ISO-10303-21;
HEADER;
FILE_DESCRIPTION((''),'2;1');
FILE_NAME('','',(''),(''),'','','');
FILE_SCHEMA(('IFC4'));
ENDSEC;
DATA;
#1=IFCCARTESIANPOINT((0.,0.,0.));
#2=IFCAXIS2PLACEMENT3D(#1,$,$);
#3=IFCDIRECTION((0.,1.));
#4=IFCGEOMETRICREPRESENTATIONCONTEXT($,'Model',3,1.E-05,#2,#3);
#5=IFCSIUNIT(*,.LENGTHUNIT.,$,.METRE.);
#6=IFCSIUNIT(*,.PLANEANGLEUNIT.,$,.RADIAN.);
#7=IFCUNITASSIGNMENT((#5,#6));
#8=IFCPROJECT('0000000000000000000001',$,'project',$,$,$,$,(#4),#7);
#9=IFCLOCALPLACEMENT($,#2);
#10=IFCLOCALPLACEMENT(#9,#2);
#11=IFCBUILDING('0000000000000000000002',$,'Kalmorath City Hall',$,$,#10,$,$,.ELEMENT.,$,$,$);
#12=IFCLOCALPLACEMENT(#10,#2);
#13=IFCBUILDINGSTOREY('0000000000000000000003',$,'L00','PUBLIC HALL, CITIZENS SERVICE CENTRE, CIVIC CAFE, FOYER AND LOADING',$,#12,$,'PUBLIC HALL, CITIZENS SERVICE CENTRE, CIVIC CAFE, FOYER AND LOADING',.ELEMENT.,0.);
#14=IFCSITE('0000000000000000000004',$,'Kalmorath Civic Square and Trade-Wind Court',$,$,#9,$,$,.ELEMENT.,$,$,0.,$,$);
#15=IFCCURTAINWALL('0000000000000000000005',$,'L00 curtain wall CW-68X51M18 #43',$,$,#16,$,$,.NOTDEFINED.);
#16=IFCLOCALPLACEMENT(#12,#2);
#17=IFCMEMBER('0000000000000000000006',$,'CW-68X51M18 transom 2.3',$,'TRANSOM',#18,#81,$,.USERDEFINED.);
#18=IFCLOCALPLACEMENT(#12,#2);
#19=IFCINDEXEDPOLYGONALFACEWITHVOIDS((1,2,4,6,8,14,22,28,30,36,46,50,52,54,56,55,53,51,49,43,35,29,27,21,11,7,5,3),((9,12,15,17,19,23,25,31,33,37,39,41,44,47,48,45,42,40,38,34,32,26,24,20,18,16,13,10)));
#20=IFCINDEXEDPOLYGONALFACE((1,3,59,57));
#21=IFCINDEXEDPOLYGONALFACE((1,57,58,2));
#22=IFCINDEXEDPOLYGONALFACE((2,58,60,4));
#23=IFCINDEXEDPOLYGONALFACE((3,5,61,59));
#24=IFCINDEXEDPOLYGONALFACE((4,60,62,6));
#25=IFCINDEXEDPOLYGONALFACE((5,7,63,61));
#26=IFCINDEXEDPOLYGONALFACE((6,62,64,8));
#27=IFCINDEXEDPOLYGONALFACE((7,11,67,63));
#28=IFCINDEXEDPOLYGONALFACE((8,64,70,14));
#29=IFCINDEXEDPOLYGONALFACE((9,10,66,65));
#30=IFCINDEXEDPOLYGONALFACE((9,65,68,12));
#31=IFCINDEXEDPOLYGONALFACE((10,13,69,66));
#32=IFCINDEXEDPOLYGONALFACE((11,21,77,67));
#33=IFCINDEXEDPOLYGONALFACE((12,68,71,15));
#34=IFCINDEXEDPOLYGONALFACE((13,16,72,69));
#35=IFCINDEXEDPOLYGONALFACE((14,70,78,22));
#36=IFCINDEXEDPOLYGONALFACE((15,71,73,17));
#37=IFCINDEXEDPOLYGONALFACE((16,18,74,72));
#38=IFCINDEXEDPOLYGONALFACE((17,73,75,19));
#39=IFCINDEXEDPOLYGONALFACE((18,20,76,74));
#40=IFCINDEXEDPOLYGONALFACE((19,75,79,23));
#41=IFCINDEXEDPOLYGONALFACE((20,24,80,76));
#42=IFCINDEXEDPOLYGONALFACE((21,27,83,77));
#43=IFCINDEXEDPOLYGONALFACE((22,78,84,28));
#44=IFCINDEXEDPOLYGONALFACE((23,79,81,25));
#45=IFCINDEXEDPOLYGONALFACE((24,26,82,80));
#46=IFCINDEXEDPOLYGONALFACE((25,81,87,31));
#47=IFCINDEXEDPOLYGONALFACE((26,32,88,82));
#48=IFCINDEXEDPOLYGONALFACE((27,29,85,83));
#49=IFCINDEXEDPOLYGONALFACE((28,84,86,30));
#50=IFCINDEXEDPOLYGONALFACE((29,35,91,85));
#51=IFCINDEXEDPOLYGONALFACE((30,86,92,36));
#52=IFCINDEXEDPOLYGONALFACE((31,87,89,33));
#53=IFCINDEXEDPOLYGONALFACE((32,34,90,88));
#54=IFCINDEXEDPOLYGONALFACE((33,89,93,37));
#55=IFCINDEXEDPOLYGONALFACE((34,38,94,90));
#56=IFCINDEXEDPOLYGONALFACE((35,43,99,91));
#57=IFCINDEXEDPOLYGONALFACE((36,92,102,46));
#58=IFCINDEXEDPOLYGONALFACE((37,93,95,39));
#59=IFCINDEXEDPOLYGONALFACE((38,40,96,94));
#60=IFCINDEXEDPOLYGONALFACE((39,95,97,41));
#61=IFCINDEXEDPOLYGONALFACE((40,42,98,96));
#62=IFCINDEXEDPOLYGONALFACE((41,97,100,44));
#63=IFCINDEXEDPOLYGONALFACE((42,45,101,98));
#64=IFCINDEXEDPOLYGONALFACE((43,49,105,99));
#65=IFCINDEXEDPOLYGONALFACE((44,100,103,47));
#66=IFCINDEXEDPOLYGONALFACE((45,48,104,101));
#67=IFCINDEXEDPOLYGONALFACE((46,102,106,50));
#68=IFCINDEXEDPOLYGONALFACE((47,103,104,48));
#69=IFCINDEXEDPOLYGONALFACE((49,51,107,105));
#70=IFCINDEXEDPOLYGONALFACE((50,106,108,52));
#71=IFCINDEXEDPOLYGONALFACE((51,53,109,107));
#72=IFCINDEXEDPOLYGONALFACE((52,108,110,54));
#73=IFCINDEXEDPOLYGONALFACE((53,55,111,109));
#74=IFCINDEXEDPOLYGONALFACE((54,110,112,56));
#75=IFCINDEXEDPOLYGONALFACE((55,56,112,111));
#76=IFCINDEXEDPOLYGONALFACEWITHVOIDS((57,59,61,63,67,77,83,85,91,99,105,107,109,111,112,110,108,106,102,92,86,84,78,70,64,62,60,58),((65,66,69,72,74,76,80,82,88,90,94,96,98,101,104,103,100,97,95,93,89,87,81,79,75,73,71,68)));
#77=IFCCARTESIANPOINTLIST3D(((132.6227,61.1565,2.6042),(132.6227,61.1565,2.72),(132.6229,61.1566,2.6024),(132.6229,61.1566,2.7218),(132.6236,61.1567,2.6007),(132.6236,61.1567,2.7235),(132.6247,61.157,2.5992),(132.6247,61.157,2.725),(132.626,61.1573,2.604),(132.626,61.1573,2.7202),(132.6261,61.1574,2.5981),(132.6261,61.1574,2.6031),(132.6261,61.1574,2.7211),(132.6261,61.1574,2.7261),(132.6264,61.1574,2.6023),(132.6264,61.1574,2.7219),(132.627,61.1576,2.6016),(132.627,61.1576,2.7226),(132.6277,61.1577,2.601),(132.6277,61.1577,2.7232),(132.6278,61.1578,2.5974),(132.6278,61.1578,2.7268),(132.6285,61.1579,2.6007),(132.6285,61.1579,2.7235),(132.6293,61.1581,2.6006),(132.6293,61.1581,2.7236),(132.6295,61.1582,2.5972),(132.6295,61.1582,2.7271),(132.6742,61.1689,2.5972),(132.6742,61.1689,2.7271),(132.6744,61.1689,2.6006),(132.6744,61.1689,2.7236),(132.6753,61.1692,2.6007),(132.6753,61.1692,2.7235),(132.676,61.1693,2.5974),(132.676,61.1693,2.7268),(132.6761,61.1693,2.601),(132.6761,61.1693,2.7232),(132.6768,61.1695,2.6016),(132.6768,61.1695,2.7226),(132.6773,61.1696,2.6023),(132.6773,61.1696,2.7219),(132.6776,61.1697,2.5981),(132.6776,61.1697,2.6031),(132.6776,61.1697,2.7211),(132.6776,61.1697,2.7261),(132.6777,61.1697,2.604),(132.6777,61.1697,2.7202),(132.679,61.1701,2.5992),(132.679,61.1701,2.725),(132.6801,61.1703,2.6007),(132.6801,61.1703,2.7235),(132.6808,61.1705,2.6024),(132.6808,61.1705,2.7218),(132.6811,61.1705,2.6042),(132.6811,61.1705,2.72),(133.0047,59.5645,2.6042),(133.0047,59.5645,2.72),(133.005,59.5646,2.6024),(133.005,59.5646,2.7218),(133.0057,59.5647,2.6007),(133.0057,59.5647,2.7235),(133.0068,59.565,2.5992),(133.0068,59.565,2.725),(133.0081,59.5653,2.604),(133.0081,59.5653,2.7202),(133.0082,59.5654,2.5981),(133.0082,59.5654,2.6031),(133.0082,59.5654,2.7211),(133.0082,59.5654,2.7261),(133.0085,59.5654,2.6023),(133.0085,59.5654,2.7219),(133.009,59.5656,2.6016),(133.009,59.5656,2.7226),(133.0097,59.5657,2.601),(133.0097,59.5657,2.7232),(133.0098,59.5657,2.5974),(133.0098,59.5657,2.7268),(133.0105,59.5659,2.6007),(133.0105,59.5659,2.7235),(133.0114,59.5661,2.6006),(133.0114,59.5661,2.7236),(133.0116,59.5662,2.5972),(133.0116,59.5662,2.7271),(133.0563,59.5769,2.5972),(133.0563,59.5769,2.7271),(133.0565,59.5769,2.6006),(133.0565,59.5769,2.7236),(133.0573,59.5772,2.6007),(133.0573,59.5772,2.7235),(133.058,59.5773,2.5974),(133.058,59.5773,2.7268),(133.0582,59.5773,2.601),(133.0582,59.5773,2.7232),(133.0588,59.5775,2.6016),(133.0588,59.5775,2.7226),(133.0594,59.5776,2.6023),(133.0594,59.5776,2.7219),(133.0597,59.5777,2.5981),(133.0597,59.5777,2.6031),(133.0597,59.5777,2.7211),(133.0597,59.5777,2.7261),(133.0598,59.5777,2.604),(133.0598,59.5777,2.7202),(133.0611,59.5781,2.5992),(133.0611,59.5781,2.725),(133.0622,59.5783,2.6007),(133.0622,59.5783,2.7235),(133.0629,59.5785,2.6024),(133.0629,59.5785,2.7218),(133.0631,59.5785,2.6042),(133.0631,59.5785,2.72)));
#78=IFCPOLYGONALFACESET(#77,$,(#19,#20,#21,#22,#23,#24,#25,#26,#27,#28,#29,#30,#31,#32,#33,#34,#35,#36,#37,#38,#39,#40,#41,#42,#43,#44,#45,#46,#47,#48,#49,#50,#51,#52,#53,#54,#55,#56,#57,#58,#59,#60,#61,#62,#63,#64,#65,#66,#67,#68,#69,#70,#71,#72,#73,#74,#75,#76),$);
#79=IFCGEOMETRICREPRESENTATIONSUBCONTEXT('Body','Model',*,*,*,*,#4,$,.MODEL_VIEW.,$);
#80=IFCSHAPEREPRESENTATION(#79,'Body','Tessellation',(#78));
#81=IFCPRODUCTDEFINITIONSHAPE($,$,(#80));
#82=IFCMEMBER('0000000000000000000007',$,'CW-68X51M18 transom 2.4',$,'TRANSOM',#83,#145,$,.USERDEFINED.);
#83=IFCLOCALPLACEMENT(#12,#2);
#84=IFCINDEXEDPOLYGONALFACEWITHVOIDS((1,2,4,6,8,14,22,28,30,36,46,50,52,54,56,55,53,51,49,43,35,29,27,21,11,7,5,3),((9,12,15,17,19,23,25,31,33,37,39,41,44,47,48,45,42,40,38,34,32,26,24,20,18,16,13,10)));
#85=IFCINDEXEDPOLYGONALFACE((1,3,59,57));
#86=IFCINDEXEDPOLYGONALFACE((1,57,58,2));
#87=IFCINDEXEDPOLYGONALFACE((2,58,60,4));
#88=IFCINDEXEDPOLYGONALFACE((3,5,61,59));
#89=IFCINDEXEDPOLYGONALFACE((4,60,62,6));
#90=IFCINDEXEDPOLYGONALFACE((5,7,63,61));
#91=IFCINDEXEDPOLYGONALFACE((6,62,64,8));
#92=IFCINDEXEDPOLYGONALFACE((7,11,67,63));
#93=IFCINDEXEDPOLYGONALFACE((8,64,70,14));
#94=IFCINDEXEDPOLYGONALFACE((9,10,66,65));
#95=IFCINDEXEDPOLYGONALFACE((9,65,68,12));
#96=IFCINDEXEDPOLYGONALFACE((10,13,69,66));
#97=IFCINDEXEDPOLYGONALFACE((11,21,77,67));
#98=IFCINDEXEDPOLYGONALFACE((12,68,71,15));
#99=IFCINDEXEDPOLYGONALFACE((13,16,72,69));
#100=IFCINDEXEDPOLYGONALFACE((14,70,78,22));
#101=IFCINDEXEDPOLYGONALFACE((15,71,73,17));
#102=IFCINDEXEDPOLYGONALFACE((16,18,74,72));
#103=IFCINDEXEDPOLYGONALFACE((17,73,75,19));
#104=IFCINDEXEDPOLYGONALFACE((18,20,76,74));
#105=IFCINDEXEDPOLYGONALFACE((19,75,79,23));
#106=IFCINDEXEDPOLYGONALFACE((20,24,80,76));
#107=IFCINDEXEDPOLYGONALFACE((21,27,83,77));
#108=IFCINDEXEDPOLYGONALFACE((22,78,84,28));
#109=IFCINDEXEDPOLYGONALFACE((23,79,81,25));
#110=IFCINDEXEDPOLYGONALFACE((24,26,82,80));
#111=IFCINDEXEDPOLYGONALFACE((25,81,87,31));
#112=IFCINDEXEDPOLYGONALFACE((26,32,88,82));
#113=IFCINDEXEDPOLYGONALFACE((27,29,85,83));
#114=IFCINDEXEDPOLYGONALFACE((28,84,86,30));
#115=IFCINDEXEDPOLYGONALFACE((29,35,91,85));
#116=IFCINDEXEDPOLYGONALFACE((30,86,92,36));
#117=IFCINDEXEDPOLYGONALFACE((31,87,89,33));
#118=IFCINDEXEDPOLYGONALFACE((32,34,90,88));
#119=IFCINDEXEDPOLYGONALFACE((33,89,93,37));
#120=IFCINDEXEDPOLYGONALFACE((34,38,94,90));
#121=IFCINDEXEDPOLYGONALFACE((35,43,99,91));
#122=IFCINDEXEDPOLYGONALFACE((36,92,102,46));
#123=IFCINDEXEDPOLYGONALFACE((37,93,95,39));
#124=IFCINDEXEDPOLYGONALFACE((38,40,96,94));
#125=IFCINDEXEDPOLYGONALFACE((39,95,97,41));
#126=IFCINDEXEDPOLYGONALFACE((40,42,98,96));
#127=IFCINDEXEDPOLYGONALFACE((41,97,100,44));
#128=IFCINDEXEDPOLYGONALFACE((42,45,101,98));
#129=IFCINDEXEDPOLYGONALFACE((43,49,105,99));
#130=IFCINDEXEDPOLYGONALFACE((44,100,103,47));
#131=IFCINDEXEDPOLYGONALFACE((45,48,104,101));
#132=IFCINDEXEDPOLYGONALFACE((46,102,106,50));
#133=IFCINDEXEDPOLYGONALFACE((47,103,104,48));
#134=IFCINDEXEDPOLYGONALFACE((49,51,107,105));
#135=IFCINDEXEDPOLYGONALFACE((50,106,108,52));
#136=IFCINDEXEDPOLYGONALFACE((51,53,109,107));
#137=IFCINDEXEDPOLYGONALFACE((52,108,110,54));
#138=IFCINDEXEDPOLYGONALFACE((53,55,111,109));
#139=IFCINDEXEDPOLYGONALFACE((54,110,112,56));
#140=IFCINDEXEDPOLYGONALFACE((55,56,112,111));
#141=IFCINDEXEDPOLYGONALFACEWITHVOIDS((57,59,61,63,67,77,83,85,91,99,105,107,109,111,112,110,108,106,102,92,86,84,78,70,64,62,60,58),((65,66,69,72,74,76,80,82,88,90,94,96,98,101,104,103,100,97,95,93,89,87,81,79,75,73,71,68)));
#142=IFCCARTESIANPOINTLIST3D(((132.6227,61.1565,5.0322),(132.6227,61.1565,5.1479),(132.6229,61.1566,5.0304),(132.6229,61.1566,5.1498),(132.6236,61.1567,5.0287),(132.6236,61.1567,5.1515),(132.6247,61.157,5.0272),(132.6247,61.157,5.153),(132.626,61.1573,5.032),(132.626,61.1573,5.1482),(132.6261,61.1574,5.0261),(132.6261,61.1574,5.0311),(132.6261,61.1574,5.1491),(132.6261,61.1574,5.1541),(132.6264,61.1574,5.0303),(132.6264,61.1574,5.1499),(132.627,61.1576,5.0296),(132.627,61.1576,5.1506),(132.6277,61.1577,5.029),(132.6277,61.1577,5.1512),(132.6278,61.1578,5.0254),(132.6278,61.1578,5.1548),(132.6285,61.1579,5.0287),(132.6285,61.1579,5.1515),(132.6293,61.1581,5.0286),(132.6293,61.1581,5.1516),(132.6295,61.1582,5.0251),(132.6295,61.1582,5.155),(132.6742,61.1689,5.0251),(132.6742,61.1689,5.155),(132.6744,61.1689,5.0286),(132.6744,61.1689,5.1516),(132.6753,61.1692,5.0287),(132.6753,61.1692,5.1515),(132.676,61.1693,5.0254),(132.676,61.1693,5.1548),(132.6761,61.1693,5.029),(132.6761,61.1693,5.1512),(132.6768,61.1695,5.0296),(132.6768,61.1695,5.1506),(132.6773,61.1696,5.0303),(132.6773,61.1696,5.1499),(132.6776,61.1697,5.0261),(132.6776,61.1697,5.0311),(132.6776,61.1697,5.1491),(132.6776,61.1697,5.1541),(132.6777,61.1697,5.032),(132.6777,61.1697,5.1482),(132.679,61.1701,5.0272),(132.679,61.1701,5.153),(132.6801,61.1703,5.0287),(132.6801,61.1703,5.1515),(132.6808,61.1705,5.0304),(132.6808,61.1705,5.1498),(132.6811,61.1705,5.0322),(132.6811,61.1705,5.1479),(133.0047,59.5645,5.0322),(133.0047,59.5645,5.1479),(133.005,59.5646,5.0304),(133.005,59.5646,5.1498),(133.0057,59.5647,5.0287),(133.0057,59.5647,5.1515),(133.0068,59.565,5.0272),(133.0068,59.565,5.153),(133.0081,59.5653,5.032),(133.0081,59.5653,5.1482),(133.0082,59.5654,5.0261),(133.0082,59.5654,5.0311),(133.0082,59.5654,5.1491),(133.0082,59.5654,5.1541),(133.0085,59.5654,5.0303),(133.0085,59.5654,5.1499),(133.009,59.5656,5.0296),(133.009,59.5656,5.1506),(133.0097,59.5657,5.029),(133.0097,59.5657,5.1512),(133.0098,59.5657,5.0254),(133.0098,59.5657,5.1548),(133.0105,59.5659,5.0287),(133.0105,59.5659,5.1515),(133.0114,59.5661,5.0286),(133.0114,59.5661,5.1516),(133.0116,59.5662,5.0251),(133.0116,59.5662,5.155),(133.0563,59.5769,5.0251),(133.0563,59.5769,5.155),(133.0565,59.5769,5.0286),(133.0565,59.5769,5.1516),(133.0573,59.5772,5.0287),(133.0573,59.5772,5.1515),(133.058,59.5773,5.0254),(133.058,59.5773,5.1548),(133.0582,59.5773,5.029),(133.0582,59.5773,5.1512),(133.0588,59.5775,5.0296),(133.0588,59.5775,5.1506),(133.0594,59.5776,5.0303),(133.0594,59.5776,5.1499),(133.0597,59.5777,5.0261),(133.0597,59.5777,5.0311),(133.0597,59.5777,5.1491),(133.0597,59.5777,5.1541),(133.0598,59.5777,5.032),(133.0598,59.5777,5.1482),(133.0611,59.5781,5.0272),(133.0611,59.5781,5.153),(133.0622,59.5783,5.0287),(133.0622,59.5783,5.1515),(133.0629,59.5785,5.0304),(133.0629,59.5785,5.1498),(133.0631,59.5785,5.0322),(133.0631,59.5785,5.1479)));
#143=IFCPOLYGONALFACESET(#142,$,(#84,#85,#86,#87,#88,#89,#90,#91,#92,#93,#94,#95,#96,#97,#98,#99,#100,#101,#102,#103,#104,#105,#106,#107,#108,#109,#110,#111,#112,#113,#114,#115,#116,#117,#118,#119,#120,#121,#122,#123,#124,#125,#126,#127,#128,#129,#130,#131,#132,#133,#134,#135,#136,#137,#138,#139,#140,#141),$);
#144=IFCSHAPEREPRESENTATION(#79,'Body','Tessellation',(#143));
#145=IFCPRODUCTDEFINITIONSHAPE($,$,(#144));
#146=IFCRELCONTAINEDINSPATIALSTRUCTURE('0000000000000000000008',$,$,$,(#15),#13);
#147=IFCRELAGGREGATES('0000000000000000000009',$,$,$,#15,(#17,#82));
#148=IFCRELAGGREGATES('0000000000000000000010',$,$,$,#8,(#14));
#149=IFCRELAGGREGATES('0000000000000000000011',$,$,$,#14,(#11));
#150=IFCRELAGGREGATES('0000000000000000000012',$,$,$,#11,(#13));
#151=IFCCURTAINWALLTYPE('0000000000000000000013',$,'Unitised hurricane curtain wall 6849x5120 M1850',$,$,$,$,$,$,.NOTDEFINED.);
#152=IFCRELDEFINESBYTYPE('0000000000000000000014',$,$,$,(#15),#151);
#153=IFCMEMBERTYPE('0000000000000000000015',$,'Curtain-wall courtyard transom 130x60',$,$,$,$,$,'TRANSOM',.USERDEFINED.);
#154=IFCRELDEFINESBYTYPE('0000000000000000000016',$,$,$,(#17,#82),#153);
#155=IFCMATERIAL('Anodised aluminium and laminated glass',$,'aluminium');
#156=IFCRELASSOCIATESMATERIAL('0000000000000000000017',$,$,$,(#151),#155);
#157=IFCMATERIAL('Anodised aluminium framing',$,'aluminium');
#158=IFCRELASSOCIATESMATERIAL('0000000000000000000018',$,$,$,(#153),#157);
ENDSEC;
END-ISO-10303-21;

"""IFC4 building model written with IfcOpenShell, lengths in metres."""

from ifc_helpers import new_model, si_unit, direction, frame, origin, origin_2d, place, context, subcontext, project, spatial, hollow_rectangle, extrude, material, material_profile, profile_set, type_object, element, aggregate, save


model = new_model("IFC4")

# Units and contexts
model_context = context("Model", 3, precision=1e-05, world=origin(), true_north=direction((0.0, 1.0)))
body_context = subcontext(model_context, "Body", "Model", "MODEL_VIEW")
ifc_project = project(units=[si_unit("LENGTHUNIT", "METRE"), si_unit("PLANEANGLEUNIT", "RADIAN")], contexts=[model_context])

# Site, building, storey
site_placement = place(None, origin())
site = spatial("IfcSite", under=ifc_project, at=site_placement, Name="Kalmorath Civic Square and Trade-Wind Court", CompositionType="ELEMENT", RefElevation=0.0)
building_placement = place(site_placement, origin())
building = spatial("IfcBuilding", under=site, at=building_placement, Name="Kalmorath City Hall", CompositionType="ELEMENT")
storey_placement = place(building_placement, origin())
storey = spatial("IfcBuildingStorey", under=building, at=storey_placement, Name="L00", Description="PUBLIC HALL, CITIZENS SERVICE CENTRE, CIVIC CAFE, FOYER AND LOADING", LongName="PUBLIC HALL, CITIZENS SERVICE CENTRE, CIVIC CAFE, FOYER AND LOADING", CompositionType="ELEMENT", Elevation=0.0)

# Curtain wall, members
ifc_material_1 = material(Name="Anodised aluminium and laminated glass", Category="aluminium")
curtain_wall_type = type_object("IfcCurtainWallType", Name="Unitised hurricane curtain wall 6849x5120 M1850", PredefinedType="NOTDEFINED", material=ifc_material_1)
curtain_wall_placement = place(storey_placement, origin())
curtain_wall = element("IfcCurtainWall", 1, at=curtain_wall_placement, inside=storey, type_object=curtain_wall_type, Name="L00 curtain wall CW-68X51M18 #43", PredefinedType="NOTDEFINED")
ifc_material_2 = material(Name="Anodised aluminium framing", Category="aluminium")
ifc_material_profile_1 = material_profile(ifc_material_2, hollow_rectangle(XDim=0.0601, YDim=0.1299, WallThickness=0.0034, InnerFilletRadius=0.0034, OuterFilletRadius=0.0071, at=origin_2d()), Name="ALU-TRN-130X60X3.5")
ifc_profile_set_1 = profile_set([ifc_material_profile_1], Name="Anodised aluminium framing")
member_type_1 = type_object("IfcMemberType", Name="Curtain-wall courtyard transom 130x60", ElementType="TRANSOM", PredefinedType="USERDEFINED", material=ifc_profile_set_1)
member_1_placement = place(storey_placement, frame((133.0339, 59.5715, 2.6621), z_axis=(-0.233367, 0.972389, 0.0), x_axis=(-0.972389, -0.233367, 0.0)))
member_1 = element("IfcMember", 2, at=member_1_placement, type_object=member_type_1, Name="CW-68X51M18 transom 2.3", ObjectType="TRANSOM", PredefinedType="USERDEFINED", context=body_context, shape_type="SweptSolid", body=[
    extrude(hollow_rectangle(XDim=0.0601, YDim=0.1299, WallThickness=0.0034, InnerFilletRadius=0.0034, OuterFilletRadius=0.0071, at=origin_2d()), origin(), (0.0, 0.0, 1.0), 1.6372),
])
member_2_placement = place(storey_placement, frame((133.0339, 59.5715, 5.0901), z_axis=(-0.233367, 0.972389, 0.0), x_axis=(-0.972389, -0.233367, 0.0)))
member_2 = element("IfcMember", 3, at=member_2_placement, type_object=member_type_1, Name="CW-68X51M18 transom 2.4", ObjectType="TRANSOM", PredefinedType="USERDEFINED", context=body_context, shape_type="SweptSolid", body=[
    extrude(hollow_rectangle(XDim=0.0601, YDim=0.1299, WallThickness=0.0034, InnerFilletRadius=0.0034, OuterFilletRadius=0.0071, at=origin_2d()), origin(), (0.0, 0.0, 1.0), 1.6372),
])
aggregate(curtain_wall, [member_1, member_2])

save(model, "model.ifc")
